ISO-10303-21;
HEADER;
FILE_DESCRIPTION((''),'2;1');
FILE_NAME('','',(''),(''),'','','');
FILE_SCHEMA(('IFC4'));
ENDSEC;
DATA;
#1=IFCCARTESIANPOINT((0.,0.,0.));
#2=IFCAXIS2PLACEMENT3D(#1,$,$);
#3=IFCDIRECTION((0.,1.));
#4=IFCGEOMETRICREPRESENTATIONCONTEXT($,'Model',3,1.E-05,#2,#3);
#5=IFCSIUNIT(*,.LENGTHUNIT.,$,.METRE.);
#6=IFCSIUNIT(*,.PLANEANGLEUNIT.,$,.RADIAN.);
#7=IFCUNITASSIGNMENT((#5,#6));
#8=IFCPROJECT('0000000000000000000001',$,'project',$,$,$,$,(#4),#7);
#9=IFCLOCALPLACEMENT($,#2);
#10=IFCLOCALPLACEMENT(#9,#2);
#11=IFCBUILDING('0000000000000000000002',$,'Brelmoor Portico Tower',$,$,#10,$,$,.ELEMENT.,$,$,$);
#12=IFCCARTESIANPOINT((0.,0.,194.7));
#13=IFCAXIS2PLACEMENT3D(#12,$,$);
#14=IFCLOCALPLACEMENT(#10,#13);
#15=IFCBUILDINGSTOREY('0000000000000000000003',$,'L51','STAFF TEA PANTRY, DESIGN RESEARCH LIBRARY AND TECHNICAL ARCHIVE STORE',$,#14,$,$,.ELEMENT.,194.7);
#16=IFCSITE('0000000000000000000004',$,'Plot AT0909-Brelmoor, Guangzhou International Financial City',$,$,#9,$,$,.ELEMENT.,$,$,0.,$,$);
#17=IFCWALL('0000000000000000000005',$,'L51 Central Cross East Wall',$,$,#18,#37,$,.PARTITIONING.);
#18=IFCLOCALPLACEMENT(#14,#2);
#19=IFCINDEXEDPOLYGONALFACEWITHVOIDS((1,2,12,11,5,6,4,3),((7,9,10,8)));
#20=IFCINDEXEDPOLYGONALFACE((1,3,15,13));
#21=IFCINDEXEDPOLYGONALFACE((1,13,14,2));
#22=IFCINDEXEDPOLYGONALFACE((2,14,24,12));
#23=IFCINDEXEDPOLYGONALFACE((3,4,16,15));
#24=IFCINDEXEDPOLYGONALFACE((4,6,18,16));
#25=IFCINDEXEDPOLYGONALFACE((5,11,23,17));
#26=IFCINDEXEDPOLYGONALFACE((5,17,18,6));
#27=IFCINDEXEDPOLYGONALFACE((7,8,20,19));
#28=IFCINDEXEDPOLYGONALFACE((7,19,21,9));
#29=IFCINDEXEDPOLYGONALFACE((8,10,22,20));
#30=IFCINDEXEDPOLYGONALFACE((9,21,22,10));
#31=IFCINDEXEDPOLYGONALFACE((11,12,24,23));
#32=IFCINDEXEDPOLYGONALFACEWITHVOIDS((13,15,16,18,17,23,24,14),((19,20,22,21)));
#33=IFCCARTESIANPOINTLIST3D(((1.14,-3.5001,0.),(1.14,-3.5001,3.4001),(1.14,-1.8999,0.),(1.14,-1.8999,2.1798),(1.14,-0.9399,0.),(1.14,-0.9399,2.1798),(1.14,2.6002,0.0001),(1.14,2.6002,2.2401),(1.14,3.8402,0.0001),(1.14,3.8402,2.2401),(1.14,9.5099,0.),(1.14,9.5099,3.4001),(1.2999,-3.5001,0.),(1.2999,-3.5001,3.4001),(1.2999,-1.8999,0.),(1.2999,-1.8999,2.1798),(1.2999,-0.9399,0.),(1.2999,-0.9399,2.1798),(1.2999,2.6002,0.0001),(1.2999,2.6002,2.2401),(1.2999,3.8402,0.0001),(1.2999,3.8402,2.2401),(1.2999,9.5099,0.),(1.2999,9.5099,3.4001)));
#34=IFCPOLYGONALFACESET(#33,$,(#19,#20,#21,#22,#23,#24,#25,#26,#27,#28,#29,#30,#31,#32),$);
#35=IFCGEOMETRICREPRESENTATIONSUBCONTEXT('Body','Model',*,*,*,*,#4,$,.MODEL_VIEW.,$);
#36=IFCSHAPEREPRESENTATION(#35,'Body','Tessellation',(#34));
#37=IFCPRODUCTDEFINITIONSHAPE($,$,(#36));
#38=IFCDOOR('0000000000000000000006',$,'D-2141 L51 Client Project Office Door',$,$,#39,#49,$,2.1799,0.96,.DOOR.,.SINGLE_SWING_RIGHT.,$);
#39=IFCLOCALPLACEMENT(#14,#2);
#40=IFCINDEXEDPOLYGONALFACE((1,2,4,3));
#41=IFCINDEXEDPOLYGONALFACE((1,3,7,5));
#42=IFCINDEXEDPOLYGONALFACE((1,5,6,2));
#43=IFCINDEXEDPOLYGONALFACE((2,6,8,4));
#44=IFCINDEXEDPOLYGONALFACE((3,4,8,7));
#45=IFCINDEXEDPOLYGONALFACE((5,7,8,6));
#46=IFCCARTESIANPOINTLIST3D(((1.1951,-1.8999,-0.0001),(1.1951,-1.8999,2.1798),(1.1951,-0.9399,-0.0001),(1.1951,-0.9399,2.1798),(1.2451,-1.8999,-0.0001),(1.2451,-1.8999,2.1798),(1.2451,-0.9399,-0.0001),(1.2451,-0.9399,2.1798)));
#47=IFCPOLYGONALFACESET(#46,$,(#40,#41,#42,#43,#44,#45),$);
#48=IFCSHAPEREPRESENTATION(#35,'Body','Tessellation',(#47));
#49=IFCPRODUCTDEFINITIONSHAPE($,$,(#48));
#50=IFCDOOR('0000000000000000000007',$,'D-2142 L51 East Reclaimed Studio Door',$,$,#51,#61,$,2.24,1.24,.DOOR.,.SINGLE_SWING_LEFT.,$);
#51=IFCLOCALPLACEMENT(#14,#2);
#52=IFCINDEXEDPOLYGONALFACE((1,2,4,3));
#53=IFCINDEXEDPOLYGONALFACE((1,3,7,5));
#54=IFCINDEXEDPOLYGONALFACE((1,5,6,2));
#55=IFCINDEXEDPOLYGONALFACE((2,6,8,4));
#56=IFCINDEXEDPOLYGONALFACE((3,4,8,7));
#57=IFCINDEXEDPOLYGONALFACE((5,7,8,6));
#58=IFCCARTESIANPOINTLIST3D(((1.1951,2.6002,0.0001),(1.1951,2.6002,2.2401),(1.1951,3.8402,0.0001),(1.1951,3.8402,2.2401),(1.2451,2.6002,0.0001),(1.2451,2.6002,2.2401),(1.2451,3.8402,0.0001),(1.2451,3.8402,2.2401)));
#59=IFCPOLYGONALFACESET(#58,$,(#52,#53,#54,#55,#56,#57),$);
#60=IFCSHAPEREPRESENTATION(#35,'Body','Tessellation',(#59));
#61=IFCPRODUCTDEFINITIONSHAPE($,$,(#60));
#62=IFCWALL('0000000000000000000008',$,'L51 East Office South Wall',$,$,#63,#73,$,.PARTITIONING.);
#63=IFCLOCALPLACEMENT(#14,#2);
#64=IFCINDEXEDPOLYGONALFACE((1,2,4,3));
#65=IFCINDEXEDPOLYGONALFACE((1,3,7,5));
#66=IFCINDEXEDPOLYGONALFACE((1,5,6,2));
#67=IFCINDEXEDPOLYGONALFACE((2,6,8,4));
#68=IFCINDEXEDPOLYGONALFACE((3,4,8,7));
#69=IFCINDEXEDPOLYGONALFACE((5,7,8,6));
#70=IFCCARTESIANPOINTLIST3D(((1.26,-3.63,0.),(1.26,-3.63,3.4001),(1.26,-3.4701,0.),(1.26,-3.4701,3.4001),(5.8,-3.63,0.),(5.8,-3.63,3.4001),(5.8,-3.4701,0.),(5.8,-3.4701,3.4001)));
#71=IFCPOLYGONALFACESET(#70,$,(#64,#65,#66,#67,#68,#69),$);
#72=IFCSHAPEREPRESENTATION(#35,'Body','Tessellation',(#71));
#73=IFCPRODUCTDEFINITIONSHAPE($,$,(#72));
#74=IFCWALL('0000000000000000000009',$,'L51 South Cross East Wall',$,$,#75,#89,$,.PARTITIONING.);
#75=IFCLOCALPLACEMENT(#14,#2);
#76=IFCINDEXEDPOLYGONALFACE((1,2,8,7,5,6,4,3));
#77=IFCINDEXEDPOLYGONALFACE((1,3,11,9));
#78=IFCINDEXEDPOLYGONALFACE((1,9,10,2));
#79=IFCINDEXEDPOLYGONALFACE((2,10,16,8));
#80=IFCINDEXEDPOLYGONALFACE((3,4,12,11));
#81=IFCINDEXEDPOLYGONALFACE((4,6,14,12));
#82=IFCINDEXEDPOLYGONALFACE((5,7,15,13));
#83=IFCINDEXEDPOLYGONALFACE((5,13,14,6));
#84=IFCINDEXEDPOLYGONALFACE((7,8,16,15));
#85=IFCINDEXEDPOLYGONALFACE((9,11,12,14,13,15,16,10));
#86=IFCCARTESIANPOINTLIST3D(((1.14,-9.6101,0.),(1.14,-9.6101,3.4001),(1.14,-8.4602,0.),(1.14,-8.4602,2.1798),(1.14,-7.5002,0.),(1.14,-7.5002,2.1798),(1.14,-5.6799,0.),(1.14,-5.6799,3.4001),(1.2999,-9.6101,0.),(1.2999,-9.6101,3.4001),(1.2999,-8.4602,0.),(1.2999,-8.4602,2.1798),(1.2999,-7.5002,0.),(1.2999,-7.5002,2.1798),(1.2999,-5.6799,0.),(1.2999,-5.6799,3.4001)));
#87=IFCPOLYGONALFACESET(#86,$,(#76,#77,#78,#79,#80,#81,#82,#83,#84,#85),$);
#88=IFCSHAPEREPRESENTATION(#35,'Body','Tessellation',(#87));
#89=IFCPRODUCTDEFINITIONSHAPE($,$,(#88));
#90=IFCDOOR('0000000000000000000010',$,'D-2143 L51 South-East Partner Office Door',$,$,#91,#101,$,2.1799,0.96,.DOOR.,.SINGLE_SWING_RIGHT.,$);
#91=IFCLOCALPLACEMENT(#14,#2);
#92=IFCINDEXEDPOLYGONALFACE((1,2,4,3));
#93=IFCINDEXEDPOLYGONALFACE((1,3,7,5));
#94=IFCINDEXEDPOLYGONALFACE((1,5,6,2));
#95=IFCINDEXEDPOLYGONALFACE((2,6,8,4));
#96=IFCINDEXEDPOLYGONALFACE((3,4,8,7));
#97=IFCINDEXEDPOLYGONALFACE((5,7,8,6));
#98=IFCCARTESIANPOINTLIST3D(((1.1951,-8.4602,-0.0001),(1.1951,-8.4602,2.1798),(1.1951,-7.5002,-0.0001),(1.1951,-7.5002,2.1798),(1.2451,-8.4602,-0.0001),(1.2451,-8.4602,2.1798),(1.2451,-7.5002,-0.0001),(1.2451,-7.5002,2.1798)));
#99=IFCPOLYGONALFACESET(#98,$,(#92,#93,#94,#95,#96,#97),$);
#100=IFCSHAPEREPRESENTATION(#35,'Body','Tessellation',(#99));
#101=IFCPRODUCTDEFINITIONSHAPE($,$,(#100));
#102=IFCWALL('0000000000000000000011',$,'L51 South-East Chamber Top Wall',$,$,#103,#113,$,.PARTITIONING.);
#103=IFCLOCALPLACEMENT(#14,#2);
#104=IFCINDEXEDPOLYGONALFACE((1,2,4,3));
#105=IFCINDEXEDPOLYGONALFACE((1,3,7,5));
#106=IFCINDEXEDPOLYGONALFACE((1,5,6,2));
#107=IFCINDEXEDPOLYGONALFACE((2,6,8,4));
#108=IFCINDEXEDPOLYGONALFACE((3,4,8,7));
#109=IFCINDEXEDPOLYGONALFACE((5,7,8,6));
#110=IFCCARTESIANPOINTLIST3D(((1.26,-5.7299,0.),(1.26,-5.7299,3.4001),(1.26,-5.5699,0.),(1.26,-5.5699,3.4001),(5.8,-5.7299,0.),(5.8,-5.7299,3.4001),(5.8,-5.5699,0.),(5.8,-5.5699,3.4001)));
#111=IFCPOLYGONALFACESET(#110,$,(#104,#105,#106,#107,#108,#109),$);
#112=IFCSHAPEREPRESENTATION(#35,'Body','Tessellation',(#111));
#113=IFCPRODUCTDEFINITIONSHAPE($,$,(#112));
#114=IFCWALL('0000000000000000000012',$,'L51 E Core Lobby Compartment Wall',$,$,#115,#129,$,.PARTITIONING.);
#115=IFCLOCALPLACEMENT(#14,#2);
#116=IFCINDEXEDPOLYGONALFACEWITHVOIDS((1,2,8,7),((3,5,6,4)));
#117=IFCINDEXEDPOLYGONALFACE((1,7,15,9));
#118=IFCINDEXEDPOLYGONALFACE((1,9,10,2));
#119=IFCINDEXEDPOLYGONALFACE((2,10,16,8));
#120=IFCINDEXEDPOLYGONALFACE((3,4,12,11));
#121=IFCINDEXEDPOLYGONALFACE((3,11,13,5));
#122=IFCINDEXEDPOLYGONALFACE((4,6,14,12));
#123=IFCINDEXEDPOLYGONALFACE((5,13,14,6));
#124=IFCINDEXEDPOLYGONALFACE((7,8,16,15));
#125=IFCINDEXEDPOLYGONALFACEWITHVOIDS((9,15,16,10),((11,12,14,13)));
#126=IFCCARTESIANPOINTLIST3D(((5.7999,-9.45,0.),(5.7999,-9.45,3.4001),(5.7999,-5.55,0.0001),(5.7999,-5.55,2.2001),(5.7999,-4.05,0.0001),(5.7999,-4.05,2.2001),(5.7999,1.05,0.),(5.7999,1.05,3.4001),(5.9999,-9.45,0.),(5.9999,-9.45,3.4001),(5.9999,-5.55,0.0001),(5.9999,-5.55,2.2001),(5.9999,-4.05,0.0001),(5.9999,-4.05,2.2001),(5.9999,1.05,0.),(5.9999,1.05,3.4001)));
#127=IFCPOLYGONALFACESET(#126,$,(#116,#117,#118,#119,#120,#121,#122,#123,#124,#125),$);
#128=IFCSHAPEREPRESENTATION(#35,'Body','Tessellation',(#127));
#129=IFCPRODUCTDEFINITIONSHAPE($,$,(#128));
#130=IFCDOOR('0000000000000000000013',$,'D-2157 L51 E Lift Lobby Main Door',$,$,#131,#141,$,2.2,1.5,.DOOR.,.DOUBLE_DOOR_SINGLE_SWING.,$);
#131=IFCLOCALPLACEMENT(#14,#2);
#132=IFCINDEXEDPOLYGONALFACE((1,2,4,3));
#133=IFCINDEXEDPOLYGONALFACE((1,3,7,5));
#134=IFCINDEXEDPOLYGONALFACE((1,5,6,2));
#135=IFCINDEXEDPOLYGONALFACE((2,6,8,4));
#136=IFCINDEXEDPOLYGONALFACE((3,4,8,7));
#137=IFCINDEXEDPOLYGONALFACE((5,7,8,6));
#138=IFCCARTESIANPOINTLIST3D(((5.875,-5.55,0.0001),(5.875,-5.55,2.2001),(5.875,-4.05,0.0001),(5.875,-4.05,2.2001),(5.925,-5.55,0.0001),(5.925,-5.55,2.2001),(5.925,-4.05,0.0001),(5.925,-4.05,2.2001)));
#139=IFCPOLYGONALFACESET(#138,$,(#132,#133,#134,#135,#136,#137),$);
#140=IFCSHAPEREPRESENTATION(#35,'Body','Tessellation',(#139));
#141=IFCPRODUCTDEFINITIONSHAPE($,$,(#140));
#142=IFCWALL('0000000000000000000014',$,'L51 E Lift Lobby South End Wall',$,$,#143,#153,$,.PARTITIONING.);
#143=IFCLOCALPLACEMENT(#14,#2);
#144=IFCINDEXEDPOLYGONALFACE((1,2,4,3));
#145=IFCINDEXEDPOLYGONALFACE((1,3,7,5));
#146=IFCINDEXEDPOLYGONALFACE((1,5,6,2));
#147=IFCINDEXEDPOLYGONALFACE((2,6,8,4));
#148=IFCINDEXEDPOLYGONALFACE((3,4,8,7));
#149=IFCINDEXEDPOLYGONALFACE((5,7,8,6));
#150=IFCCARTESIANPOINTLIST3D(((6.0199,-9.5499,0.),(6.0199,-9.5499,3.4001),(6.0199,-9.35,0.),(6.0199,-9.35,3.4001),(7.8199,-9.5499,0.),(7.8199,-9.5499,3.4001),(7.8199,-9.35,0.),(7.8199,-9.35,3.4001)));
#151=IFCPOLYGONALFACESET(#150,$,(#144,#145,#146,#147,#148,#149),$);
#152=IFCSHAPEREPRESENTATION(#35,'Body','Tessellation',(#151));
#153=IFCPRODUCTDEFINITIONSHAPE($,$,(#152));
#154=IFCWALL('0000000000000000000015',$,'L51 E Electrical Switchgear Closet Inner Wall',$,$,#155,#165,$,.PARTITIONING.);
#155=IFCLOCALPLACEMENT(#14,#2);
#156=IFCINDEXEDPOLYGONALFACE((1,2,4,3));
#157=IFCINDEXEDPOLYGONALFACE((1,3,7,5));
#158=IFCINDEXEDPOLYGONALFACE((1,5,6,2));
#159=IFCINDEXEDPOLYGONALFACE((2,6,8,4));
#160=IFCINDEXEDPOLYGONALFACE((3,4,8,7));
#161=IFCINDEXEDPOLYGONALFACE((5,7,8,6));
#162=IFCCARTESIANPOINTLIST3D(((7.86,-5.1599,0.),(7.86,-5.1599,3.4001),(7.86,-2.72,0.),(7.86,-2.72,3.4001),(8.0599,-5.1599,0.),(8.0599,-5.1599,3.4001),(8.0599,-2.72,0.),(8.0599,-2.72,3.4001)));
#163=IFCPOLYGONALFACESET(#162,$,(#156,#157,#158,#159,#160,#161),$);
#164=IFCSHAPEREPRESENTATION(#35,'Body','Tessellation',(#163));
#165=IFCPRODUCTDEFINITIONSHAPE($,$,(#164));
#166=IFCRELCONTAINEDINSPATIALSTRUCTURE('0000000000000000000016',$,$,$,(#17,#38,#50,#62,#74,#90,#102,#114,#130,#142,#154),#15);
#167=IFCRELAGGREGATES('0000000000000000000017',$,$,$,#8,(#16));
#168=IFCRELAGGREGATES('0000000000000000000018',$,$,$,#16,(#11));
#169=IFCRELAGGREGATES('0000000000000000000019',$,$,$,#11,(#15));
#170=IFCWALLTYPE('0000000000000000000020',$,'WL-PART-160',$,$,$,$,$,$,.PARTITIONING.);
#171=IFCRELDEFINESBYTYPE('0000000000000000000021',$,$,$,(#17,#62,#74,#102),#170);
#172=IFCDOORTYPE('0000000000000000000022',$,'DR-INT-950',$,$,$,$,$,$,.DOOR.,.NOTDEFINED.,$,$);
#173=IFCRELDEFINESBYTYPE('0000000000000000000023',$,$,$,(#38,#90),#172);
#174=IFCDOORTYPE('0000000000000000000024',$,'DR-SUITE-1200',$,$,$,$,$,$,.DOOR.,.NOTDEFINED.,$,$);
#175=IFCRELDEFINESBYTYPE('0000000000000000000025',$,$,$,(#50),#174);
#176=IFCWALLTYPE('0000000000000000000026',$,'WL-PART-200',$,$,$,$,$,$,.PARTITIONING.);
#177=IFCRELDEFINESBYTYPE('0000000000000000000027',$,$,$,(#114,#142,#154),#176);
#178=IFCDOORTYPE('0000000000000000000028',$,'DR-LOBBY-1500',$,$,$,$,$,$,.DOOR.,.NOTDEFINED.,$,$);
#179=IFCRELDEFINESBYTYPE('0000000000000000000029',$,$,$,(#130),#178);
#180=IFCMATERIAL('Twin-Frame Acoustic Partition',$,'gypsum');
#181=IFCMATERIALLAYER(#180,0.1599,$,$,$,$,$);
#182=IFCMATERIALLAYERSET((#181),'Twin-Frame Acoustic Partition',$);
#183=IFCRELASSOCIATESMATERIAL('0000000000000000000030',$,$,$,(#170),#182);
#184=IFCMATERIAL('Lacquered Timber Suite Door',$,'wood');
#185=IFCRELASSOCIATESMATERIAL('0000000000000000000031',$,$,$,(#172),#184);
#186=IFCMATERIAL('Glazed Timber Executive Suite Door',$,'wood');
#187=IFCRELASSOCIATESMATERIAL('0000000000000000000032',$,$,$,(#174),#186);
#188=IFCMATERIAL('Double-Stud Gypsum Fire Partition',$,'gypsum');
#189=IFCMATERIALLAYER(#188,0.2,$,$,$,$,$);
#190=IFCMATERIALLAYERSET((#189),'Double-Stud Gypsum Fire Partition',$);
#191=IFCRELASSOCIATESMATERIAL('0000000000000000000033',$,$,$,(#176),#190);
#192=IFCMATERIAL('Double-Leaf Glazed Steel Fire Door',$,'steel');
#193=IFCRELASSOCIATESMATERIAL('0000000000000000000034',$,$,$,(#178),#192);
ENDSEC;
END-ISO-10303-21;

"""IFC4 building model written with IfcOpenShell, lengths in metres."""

from ifc_helpers import new_model, si_unit, direction, frame, frame_2d, origin, place, context, subcontext, project, spatial, rectangle, extrude, material, layer, layer_set, type_object, element, fill, save


model = new_model("IFC4")

# Units and contexts
model_context = context("Model", 3, precision=1e-05, world=origin(), true_north=direction((0.0, 1.0)))
body_context = subcontext(model_context, "Body", "Model", "MODEL_VIEW")
ifc_project = project(units=[si_unit("LENGTHUNIT", "METRE"), si_unit("PLANEANGLEUNIT", "RADIAN")], contexts=[model_context])

# Site, building, storey
site_placement = place(None, origin())
site = spatial("IfcSite", under=ifc_project, at=site_placement, Name="Plot AT0909-Brelmoor, Guangzhou International Financial City", CompositionType="ELEMENT", RefElevation=0.0)
building_placement = place(site_placement, origin())
building = spatial("IfcBuilding", under=site, at=building_placement, Name="Brelmoor Portico Tower", CompositionType="ELEMENT")
storey_placement = place(building_placement, frame((0.0, 0.0, 194.7)))
storey = spatial("IfcBuildingStorey", under=building, at=storey_placement, Name="L51", Description="STAFF TEA PANTRY, DESIGN RESEARCH LIBRARY AND TECHNICAL ARCHIVE STORE", CompositionType="ELEMENT", Elevation=194.7)

# Wall, openings, doors
ifc_material_1 = material(Name="Twin-Frame Acoustic Partition", Category="gypsum")
ifc_layer_1 = layer(ifc_material_1, 0.1599)
ifc_layer_set_1 = layer_set([ifc_layer_1], Name="Twin-Frame Acoustic Partition")
wall_type_1 = type_object("IfcWallType", Name="WL-PART-160", PredefinedType="PARTITIONING", material=ifc_layer_set_1)
wall_1_placement = place(storey_placement, frame((1.22, -3.5, 0.0), z_axis=(0.0, 0.0, 1.0), x_axis=(0.0, 1.0, 0.0)))
wall_1 = element("IfcWall", 1, at=wall_1_placement, inside=storey, type_object=wall_type_1, Name="L51 Central Cross East Wall", PredefinedType="PARTITIONING", context=body_context, shape_type="SweptSolid", body=[
    extrude(rectangle(XDim=13.01, YDim=0.1599, at=frame_2d((6.5049, 0.0))), origin(), (0.0, 0.0, 1.0), 3.4001),
])
opening_1_placement = place(wall_1_placement, frame((6.1001, 0.0, 0.0)))
opening_1 = element("IfcOpeningElement", 2, at=opening_1_placement, cuts=wall_1, PredefinedType="OPENING", context=body_context, shape_type="SweptSolid", body=[
    extrude(rectangle(XDim=1.24, YDim=2.24, at=frame_2d((0.6201, 1.1201))), frame((0.0, 0.0898, 0.0), z_axis=(0.0, -1.0, 0.0), x_axis=(1.0, 0.0, 0.0)), (0.0, 0.0, 1.0), 0.1799),
])
opening_2_placement = place(wall_1_placement, frame((1.6001, 0.0, 0.0)))
opening_2 = element("IfcOpeningElement", 3, at=opening_2_placement, cuts=wall_1, PredefinedType="OPENING", context=body_context, shape_type="SweptSolid", body=[
    extrude(rectangle(XDim=0.96, YDim=2.1799, at=frame_2d((0.48, 1.0898))), frame((0.0, 0.0898, 0.0), z_axis=(0.0, -1.0, 0.0), x_axis=(1.0, 0.0, 0.0)), (0.0, 0.0, 1.0), 0.1799),
])
ifc_material_2 = material(Name="Lacquered Timber Suite Door", Category="wood")
door_type_1 = type_object("IfcDoorType", Name="DR-INT-950", OperationType="NOTDEFINED", PredefinedType="DOOR", material=ifc_material_2)
door_1_placement = place(opening_2_placement, origin())
door_1 = element("IfcDoor", 4, at=door_1_placement, inside=storey, type_object=door_type_1, Name="D-2141 L51 Client Project Office Door", OperationType="SINGLE_SWING_RIGHT", OverallHeight=2.1799, OverallWidth=0.96, PredefinedType="DOOR", context=body_context, shape_type="SweptSolid", body=[
    extrude(rectangle(XDim=0.96, YDim=2.1799, at=frame_2d((0.48, 1.0898))), frame((0.0, 0.0249, 0.0), z_axis=(0.0, -1.0, 0.0), x_axis=(1.0, 0.0, 0.0)), (0.0, 0.0, 1.0), 0.05),
])
fill(opening_2, door_1)
ifc_material_3 = material(Name="Glazed Timber Executive Suite Door", Category="wood")
door_type_2 = type_object("IfcDoorType", Name="DR-SUITE-1200", OperationType="NOTDEFINED", PredefinedType="DOOR", material=ifc_material_3)
door_2_placement = place(opening_1_placement, origin())
door_2 = element("IfcDoor", 5, at=door_2_placement, inside=storey, type_object=door_type_2, Name="D-2142 L51 East Reclaimed Studio Door", OperationType="SINGLE_SWING_LEFT", OverallHeight=2.24, OverallWidth=1.24, PredefinedType="DOOR", context=body_context, shape_type="SweptSolid", body=[
    extrude(rectangle(XDim=1.24, YDim=2.24, at=frame_2d((0.6201, 1.1201))), frame((0.0, 0.0249, 0.0), z_axis=(0.0, -1.0, 0.0), x_axis=(1.0, 0.0, 0.0)), (0.0, 0.0, 1.0), 0.05),
])
fill(opening_1, door_2)

# Wall
wall_2_placement = place(storey_placement, frame((1.26, -3.55, 0.0), z_axis=(0.0, 0.0, 1.0), x_axis=(1.0, 0.0, 0.0)))
element("IfcWall", 6, at=wall_2_placement, inside=storey, type_object=wall_type_1, Name="L51 East Office South Wall", PredefinedType="PARTITIONING", context=body_context, shape_type="SweptSolid", body=[
    extrude(rectangle(XDim=4.54, YDim=0.1599, at=frame_2d((2.27, 0.0))), origin(), (0.0, 0.0, 1.0), 3.4001),
])

# Wall, opening, door
wall_3_placement = place(storey_placement, frame((1.22, -9.6101, 0.0), z_axis=(0.0, 0.0, 1.0), x_axis=(0.0, 1.0, 0.0)))
wall_3 = element("IfcWall", 7, at=wall_3_placement, inside=storey, type_object=wall_type_1, Name="L51 South Cross East Wall", PredefinedType="PARTITIONING", context=body_context, shape_type="SweptSolid", body=[
    extrude(rectangle(XDim=3.9302, YDim=0.1599, at=frame_2d((1.9651, 0.0))), origin(), (0.0, 0.0, 1.0), 3.4001),
])
opening_3_placement = place(wall_3_placement, frame((1.1499, 0.0, 0.0)))
opening_3 = element("IfcOpeningElement", 8, at=opening_3_placement, cuts=wall_3, PredefinedType="OPENING", context=body_context, shape_type="SweptSolid", body=[
    extrude(rectangle(XDim=0.96, YDim=2.1799, at=frame_2d((0.48, 1.0898))), frame((0.0, 0.0898, 0.0), z_axis=(0.0, -1.0, 0.0), x_axis=(1.0, 0.0, 0.0)), (0.0, 0.0, 1.0), 0.1799),
])
door_3_placement = place(opening_3_placement, origin())
door_3 = element("IfcDoor", 9, at=door_3_placement, inside=storey, type_object=door_type_1, Name="D-2143 L51 South-East Partner Office Door", OperationType="SINGLE_SWING_RIGHT", OverallHeight=2.1799, OverallWidth=0.96, PredefinedType="DOOR", context=body_context, shape_type="SweptSolid", body=[
    extrude(rectangle(XDim=0.96, YDim=2.1799, at=frame_2d((0.48, 1.0898))), frame((0.0, 0.0249, 0.0), z_axis=(0.0, -1.0, 0.0), x_axis=(1.0, 0.0, 0.0)), (0.0, 0.0, 1.0), 0.05),
])
fill(opening_3, door_3)

# Wall
wall_4_placement = place(storey_placement, frame((1.26, -5.6499, 0.0), z_axis=(0.0, 0.0, 1.0), x_axis=(1.0, 0.0, 0.0)))
element("IfcWall", 10, at=wall_4_placement, inside=storey, type_object=wall_type_1, Name="L51 South-East Chamber Top Wall", PredefinedType="PARTITIONING", context=body_context, shape_type="SweptSolid", body=[
    extrude(rectangle(XDim=4.54, YDim=0.1599, at=frame_2d((2.27, 0.0))), origin(), (0.0, 0.0, 1.0), 3.4001),
])

# Wall, opening, door
ifc_material_4 = material(Name="Double-Stud Gypsum Fire Partition", Category="gypsum")
ifc_layer_2 = layer(ifc_material_4, 0.2)
ifc_layer_set_2 = layer_set([ifc_layer_2], Name="Double-Stud Gypsum Fire Partition")
wall_type_2 = type_object("IfcWallType", Name="WL-PART-200", PredefinedType="PARTITIONING", material=ifc_layer_set_2)
wall_5_placement = place(storey_placement, frame((5.8999, -9.45, 0.0), z_axis=(0.0, 0.0, 1.0), x_axis=(0.0, 1.0, 0.0)))
wall_5 = element("IfcWall", 11, at=wall_5_placement, inside=storey, type_object=wall_type_2, Name="L51 E Core Lobby Compartment Wall", PredefinedType="PARTITIONING", context=body_context, shape_type="SweptSolid", body=[
    extrude(rectangle(XDim=10.5, YDim=0.2, at=frame_2d((5.25, 0.0))), origin(), (0.0, 0.0, 1.0), 3.4001),
])
opening_4_placement = place(wall_5_placement, frame((3.8999, 0.0, 0.0)))
opening_4 = element("IfcOpeningElement", 12, at=opening_4_placement, cuts=wall_5, PredefinedType="OPENING", context=body_context, shape_type="SweptSolid", body=[
    extrude(rectangle(XDim=1.5, YDim=2.2, at=frame_2d((0.75, 1.1001))), frame((0.0, 0.1099, 0.0), z_axis=(0.0, -1.0, 0.0), x_axis=(1.0, 0.0, 0.0)), (0.0, 0.0, 1.0), 0.22),
])
ifc_material_5 = material(Name="Double-Leaf Glazed Steel Fire Door", Category="steel")
door_type_3 = type_object("IfcDoorType", Name="DR-LOBBY-1500", OperationType="NOTDEFINED", PredefinedType="DOOR", material=ifc_material_5)
door_4_placement = place(opening_4_placement, origin())
door_4 = element("IfcDoor", 13, at=door_4_placement, inside=storey, type_object=door_type_3, Name="D-2157 L51 E Lift Lobby Main Door", OperationType="DOUBLE_DOOR_SINGLE_SWING", OverallHeight=2.2, OverallWidth=1.5, PredefinedType="DOOR", context=body_context, shape_type="SweptSolid", body=[
    extrude(rectangle(XDim=1.5, YDim=2.2, at=frame_2d((0.75, 1.1001))), frame((0.0, 0.0249, 0.0), z_axis=(0.0, -1.0, 0.0), x_axis=(1.0, 0.0, 0.0)), (0.0, 0.0, 1.0), 0.05),
])
fill(opening_4, door_4)

# Walls
wall_6_placement = place(storey_placement, frame((6.02, -9.45, 0.0), z_axis=(0.0, 0.0, 1.0), x_axis=(1.0, 0.0, 0.0)))
element("IfcWall", 14, at=wall_6_placement, inside=storey, type_object=wall_type_2, Name="L51 E Lift Lobby South End Wall", PredefinedType="PARTITIONING", context=body_context, shape_type="SweptSolid", body=[
    extrude(rectangle(XDim=1.8, YDim=0.2, at=frame_2d((0.8999, 0.0))), origin(), (0.0, 0.0, 1.0), 3.4001),
])
wall_7_placement = place(storey_placement, frame((7.96, -5.1599, 0.0), z_axis=(0.0, 0.0, 1.0), x_axis=(0.0, 1.0, 0.0)))
element("IfcWall", 15, at=wall_7_placement, inside=storey, type_object=wall_type_2, Name="L51 E Electrical Switchgear Closet Inner Wall", PredefinedType="PARTITIONING", context=body_context, shape_type="SweptSolid", body=[
    extrude(rectangle(XDim=2.4399, YDim=0.2, at=frame_2d((1.22, 0.0))), origin(), (0.0, 0.0, 1.0), 3.4001),
])

save(model, "model.ifc")
